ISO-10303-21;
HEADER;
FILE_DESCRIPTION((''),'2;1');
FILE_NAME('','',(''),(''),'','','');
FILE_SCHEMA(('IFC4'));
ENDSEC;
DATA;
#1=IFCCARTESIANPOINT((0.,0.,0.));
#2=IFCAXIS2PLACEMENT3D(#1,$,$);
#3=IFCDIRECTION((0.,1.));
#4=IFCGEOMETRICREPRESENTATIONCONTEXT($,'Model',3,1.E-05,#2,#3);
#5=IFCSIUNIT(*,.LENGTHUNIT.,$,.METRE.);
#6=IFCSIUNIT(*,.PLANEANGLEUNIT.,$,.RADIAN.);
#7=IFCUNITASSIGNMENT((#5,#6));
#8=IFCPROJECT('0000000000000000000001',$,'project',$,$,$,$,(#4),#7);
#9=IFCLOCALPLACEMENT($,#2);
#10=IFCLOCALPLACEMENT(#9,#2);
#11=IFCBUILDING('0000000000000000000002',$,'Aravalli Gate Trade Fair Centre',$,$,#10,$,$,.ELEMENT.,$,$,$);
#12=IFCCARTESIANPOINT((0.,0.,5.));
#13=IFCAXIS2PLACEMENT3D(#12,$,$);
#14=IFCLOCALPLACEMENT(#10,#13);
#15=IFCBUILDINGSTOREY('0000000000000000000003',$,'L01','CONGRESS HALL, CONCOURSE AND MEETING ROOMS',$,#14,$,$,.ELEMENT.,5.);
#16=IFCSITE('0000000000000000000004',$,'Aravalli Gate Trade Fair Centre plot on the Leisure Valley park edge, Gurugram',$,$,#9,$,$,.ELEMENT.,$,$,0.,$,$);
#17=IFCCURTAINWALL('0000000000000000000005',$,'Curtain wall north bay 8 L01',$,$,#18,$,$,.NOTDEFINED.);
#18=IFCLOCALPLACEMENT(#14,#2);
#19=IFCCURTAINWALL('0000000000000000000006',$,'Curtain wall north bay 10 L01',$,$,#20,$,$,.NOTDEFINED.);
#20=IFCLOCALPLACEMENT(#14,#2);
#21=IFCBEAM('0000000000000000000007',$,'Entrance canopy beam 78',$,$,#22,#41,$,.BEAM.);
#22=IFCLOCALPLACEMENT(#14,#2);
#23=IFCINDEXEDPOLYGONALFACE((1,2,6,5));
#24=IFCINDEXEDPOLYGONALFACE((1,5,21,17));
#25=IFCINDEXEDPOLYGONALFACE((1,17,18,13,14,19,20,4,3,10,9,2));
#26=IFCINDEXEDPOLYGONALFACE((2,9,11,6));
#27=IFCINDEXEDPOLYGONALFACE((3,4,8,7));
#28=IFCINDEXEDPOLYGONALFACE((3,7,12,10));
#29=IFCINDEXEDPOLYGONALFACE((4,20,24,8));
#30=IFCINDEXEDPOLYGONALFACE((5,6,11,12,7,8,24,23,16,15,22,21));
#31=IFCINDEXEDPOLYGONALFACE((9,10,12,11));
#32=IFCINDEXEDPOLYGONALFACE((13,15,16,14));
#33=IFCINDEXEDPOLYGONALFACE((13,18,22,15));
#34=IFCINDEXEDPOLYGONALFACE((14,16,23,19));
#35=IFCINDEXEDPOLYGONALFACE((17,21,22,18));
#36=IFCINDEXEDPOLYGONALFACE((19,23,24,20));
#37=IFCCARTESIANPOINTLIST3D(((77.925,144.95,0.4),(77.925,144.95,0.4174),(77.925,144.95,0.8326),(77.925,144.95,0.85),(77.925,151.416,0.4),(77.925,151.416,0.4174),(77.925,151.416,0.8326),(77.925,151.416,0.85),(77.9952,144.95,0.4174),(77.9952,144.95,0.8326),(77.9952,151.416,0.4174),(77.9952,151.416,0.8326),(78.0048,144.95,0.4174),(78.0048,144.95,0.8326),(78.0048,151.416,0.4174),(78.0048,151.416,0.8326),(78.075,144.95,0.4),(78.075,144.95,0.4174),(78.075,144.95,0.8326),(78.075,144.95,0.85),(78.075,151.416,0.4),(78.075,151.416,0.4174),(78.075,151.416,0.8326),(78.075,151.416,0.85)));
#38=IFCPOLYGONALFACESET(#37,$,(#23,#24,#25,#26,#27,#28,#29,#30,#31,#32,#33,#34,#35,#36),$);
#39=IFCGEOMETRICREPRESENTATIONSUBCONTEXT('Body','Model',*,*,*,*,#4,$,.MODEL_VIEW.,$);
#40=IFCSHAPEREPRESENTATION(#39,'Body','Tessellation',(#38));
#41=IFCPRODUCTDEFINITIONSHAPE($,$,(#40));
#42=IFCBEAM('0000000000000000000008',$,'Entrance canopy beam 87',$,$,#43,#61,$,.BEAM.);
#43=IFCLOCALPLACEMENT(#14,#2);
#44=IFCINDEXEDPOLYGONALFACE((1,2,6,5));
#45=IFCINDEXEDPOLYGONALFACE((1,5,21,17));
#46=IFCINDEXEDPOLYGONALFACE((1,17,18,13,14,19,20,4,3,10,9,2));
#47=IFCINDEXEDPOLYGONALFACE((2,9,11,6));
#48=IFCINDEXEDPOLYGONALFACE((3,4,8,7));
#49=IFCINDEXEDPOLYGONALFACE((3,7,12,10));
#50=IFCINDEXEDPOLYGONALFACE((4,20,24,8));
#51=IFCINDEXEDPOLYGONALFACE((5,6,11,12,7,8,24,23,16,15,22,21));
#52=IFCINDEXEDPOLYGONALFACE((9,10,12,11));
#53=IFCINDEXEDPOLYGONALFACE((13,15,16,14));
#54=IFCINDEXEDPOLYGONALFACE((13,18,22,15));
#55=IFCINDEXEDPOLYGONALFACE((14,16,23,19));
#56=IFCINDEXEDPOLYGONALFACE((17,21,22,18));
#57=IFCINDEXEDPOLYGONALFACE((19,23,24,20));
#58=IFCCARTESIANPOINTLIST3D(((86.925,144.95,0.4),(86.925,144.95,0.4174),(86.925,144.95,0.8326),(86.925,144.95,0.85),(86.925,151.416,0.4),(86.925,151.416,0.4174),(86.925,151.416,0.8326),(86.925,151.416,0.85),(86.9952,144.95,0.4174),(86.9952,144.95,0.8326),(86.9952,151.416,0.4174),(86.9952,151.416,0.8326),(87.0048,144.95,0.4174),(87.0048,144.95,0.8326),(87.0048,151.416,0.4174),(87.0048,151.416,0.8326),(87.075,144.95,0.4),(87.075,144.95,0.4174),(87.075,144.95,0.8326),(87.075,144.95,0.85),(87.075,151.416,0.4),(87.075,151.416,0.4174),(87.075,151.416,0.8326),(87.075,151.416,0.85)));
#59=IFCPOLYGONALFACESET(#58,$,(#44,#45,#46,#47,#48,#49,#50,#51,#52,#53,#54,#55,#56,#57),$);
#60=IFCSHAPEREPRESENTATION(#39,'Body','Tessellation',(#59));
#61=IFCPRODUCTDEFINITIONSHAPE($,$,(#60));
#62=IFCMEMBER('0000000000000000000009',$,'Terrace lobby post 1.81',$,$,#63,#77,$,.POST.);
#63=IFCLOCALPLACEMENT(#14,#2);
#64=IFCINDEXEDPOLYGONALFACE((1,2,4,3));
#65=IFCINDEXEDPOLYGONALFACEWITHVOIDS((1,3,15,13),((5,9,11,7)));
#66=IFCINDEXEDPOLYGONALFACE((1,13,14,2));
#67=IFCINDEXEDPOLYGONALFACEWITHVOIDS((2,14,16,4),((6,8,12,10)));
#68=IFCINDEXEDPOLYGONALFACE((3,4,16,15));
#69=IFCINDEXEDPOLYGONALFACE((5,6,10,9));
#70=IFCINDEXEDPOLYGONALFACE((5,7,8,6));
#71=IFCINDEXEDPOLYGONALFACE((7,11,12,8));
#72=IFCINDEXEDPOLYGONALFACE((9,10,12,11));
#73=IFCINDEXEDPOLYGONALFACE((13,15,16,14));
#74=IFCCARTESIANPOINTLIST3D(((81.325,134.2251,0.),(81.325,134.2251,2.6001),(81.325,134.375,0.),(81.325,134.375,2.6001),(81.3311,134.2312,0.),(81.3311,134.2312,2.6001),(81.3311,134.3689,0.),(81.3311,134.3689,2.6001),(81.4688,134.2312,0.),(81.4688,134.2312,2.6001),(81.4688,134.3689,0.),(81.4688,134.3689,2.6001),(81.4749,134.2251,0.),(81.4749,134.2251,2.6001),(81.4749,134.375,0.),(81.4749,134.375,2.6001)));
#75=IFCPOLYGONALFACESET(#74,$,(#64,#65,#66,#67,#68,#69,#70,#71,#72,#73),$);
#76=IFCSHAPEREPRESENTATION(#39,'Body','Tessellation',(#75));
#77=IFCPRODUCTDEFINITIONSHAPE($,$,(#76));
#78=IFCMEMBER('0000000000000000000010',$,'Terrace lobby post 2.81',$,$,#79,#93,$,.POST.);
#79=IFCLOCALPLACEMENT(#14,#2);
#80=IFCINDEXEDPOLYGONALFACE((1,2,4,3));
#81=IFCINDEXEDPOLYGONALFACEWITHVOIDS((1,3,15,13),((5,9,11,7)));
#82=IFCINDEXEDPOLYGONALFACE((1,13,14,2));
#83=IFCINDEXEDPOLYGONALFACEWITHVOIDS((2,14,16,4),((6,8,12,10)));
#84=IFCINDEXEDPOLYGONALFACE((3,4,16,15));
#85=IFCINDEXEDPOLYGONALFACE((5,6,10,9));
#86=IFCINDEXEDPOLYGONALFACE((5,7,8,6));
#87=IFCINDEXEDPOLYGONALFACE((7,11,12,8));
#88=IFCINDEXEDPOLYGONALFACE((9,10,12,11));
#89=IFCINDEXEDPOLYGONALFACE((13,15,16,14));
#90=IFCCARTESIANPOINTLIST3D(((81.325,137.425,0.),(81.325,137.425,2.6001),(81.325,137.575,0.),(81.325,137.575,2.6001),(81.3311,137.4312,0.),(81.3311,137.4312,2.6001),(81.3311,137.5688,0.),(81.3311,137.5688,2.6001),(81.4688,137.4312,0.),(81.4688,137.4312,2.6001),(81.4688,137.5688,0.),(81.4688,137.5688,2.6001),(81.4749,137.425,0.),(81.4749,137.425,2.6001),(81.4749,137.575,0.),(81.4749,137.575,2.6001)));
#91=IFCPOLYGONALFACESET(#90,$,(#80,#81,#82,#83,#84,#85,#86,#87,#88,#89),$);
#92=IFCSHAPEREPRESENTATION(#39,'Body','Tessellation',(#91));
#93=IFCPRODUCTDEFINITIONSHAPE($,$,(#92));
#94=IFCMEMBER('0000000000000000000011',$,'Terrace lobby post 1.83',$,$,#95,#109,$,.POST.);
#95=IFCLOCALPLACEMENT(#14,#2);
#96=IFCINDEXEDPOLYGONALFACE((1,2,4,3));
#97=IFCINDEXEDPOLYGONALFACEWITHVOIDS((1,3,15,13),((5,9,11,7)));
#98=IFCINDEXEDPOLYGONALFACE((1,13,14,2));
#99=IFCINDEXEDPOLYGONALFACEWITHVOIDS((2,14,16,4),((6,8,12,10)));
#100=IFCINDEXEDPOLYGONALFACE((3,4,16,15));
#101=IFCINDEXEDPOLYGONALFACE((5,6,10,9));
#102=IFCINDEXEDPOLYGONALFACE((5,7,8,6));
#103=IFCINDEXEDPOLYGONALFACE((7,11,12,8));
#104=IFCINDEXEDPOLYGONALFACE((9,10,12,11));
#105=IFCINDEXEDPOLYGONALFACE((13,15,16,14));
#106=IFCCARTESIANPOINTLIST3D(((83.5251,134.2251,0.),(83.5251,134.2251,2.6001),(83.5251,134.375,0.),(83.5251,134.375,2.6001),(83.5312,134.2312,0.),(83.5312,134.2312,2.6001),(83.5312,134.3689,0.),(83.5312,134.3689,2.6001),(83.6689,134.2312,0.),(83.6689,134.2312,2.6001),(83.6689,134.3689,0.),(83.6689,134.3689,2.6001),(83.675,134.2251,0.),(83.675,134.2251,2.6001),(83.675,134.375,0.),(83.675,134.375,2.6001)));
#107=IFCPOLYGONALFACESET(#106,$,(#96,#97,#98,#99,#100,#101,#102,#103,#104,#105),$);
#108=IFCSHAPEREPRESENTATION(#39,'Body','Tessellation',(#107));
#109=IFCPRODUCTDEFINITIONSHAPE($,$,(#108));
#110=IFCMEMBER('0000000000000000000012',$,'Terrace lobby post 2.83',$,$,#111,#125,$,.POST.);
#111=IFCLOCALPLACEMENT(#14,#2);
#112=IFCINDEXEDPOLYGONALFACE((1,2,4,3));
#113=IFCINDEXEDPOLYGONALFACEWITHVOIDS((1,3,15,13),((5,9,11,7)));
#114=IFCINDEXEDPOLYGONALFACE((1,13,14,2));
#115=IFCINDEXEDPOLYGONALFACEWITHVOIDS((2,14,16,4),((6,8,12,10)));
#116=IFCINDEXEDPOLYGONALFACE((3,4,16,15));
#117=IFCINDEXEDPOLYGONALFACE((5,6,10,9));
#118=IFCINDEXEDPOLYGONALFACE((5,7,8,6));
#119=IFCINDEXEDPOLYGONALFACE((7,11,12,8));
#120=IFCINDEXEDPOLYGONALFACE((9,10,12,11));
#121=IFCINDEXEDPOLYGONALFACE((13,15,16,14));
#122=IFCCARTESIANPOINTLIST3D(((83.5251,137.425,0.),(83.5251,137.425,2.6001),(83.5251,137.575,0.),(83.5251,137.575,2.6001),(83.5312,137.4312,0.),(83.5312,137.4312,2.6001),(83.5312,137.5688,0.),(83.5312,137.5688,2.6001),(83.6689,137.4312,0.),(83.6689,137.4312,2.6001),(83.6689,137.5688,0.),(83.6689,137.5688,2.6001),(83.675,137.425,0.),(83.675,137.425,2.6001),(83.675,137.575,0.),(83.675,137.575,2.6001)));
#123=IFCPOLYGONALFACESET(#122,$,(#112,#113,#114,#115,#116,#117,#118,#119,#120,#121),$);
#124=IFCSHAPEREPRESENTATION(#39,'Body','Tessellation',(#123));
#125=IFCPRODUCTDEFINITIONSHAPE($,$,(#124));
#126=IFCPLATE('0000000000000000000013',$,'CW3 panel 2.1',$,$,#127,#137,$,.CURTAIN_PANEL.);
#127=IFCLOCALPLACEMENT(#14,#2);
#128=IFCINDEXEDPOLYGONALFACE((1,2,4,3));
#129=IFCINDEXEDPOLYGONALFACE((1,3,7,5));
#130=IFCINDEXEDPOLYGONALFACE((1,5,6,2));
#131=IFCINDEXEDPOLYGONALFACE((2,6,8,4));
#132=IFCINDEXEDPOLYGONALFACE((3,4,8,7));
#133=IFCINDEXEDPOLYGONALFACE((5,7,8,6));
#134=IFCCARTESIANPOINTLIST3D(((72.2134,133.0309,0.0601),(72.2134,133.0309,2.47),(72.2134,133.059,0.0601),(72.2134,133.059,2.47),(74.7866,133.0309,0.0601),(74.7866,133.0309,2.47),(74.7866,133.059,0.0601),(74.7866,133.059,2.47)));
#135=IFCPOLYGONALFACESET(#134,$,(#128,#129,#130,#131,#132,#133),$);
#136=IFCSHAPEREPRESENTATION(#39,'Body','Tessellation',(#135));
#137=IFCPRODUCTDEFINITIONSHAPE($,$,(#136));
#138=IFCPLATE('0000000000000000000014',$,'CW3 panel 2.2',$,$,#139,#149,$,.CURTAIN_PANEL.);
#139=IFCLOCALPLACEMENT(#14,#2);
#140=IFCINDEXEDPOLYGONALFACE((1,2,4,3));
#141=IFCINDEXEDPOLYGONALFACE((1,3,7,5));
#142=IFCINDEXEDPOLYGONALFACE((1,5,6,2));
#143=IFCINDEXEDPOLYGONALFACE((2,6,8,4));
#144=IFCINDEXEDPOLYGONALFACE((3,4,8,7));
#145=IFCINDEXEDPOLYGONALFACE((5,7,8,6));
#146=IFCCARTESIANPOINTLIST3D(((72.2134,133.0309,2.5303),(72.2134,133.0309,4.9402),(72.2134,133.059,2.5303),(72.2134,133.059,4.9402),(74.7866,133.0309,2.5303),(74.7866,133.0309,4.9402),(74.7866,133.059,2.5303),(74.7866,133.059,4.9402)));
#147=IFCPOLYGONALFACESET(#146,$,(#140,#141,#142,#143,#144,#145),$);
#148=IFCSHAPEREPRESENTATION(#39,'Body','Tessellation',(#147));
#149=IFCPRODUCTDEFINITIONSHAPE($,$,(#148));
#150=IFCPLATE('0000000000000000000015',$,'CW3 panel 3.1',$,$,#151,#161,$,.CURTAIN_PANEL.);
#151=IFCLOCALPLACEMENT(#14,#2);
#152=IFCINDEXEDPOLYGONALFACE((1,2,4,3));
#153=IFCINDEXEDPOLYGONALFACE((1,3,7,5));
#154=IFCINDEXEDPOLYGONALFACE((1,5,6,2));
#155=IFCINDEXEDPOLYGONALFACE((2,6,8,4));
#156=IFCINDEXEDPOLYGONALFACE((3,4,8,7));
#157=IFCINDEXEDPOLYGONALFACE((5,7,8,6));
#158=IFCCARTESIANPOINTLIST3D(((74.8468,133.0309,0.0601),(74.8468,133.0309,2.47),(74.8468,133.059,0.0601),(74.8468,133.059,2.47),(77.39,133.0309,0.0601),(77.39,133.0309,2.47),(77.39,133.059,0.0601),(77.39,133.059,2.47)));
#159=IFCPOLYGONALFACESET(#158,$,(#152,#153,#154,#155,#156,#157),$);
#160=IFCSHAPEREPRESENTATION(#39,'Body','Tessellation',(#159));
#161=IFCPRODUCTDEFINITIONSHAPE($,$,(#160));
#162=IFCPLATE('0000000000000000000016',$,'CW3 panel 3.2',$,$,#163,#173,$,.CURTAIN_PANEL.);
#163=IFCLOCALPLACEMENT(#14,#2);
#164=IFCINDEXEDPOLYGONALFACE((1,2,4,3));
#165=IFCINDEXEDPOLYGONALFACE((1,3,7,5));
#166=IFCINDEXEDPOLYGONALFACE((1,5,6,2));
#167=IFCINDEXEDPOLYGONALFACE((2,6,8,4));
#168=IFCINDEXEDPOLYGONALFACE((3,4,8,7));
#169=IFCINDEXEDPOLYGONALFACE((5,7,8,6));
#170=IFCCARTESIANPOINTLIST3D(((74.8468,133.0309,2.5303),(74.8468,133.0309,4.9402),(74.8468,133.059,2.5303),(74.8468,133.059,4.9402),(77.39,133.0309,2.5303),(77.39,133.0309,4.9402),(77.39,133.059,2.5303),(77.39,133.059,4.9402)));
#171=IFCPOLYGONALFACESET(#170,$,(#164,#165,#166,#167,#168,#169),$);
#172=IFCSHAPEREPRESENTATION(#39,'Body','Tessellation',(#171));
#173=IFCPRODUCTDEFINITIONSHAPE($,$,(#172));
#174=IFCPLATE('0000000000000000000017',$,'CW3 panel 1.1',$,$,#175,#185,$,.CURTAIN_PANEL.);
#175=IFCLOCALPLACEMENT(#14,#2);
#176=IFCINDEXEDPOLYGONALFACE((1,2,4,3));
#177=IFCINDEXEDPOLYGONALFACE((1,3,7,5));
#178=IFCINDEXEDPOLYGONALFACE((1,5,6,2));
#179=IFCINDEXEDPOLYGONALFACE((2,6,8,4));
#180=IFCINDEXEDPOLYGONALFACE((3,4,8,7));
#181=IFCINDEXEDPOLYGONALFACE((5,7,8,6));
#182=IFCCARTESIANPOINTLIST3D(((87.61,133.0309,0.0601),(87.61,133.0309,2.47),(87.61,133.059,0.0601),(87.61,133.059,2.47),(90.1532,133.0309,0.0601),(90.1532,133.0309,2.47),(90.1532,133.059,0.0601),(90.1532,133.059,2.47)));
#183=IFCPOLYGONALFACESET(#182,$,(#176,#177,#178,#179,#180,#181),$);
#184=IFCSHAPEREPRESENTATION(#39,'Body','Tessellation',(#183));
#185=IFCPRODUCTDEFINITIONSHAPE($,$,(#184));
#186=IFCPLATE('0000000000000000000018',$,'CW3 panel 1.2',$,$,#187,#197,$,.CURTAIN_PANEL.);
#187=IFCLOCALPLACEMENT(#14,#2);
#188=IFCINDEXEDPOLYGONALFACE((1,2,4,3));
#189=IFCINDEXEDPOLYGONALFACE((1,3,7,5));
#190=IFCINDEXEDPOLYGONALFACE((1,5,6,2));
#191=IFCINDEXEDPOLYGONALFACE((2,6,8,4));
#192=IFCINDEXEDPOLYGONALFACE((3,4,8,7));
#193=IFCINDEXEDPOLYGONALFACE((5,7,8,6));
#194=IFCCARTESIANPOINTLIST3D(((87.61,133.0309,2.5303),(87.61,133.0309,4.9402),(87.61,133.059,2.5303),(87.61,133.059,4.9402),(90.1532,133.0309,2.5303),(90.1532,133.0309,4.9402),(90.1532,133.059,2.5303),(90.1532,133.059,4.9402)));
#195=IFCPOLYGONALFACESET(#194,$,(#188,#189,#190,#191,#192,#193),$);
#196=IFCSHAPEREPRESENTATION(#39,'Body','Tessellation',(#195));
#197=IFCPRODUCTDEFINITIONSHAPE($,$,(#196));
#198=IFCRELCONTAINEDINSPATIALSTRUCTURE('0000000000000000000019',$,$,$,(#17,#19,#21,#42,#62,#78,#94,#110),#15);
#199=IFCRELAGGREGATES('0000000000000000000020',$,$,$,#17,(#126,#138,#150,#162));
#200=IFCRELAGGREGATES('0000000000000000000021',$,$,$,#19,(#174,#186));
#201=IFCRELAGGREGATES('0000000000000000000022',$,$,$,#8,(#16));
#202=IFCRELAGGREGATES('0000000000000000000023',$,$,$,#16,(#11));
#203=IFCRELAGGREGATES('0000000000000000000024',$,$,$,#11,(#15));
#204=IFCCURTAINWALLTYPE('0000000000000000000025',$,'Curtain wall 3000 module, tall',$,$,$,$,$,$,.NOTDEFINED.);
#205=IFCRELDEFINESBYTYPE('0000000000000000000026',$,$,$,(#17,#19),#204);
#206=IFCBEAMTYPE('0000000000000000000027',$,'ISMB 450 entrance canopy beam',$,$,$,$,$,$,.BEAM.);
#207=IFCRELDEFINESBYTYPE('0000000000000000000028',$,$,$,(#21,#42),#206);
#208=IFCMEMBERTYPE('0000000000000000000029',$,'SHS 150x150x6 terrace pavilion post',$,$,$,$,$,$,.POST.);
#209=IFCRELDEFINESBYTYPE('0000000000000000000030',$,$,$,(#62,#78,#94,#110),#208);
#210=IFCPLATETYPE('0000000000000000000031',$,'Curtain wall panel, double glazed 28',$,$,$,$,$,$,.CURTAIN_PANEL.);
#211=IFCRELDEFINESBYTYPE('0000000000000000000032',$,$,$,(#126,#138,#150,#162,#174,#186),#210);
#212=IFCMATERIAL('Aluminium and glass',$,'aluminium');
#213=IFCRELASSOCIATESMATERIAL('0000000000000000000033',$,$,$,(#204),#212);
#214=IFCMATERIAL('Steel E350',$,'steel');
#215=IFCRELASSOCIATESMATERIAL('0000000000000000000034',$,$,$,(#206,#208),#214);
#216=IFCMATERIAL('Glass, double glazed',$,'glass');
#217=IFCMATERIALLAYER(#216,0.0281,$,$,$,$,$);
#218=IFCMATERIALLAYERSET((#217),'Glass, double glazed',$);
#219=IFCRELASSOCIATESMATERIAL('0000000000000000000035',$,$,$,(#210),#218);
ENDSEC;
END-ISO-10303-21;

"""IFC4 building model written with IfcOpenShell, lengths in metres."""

from ifc_helpers import new_model, si_unit, direction, frame, origin, origin_2d, place, context, subcontext, project, spatial, rectangle, hollow_rectangle, i_section, extrude, material, layer, layer_set, material_profile, profile_set, type_object, element, aggregate, save


model = new_model("IFC4")

# Units and contexts
model_context = context("Model", 3, precision=1e-05, world=origin(), true_north=direction((0.0, 1.0)))
body_context = subcontext(model_context, "Body", "Model", "MODEL_VIEW")
ifc_project = project(units=[si_unit("LENGTHUNIT", "METRE"), si_unit("PLANEANGLEUNIT", "RADIAN")], contexts=[model_context])

# Site, building, storey
site_placement = place(None, origin())
site = spatial("IfcSite", under=ifc_project, at=site_placement, Name="Aravalli Gate Trade Fair Centre plot on the Leisure Valley park edge, Gurugram", CompositionType="ELEMENT", RefElevation=0.0)
building_placement = place(site_placement, origin())
building = spatial("IfcBuilding", under=site, at=building_placement, Name="Aravalli Gate Trade Fair Centre", CompositionType="ELEMENT")
storey_placement = place(building_placement, frame((0.0, 0.0, 5.0)))
storey = spatial("IfcBuildingStorey", under=building, at=storey_placement, Name="L01", Description="CONGRESS HALL, CONCOURSE AND MEETING ROOMS", CompositionType="ELEMENT", Elevation=5.0)

# Curtain walls
ifc_material_1 = material(Name="Aluminium and glass", Category="aluminium")
curtain_wall_type = type_object("IfcCurtainWallType", Name="Curtain wall 3000 module, tall", PredefinedType="NOTDEFINED", material=ifc_material_1)
curtain_wall_1_placement = place(storey_placement, origin())
curtain_wall_1 = element("IfcCurtainWall", 1, at=curtain_wall_1_placement, inside=storey, type_object=curtain_wall_type, Name="Curtain wall north bay 8 L01", PredefinedType="NOTDEFINED")
curtain_wall_2_placement = place(storey_placement, origin())
curtain_wall_2 = element("IfcCurtainWall", 2, at=curtain_wall_2_placement, inside=storey, type_object=curtain_wall_type, Name="Curtain wall north bay 10 L01", PredefinedType="NOTDEFINED")

# Beams
ifc_material_2 = material(Name="Steel E350", Category="steel")
ifc_material_profile_1 = material_profile(ifc_material_2, i_section(OverallWidth=0.1499, OverallDepth=0.45, WebThickness=0.0095, FlangeThickness=0.0173, at=origin_2d()), Name="ISMB 450")
ifc_profile_set_1 = profile_set([ifc_material_profile_1], Name="Steel E350")
beam_type = type_object("IfcBeamType", Name="ISMB 450 entrance canopy beam", PredefinedType="BEAM", material=ifc_profile_set_1)
for number, where, z_axis, x_axis, name in (
    (3, (78.0, 144.95, 0.625), (0.0, 1.0, 0.0), (-1.0, 0.0, 0.0), "Entrance canopy beam 78"),
    (4, (87.0, 144.95, 0.625), (0.0, 1.0, 0.0), (-1.0, 0.0, 0.0), "Entrance canopy beam 87"),
):
    element("IfcBeam", number, at=place(storey_placement, frame(where, z_axis=z_axis, x_axis=x_axis)), inside=storey, type_object=beam_type, Name=name, PredefinedType="BEAM", context=body_context, shape_type="SweptSolid", body=[
        extrude(i_section(OverallWidth=0.1499, OverallDepth=0.45, WebThickness=0.0095, FlangeThickness=0.0173, at=origin_2d()), origin(), (0.0, 0.0, 1.0), 6.4661),
    ])

# Members
ifc_material_profile_2 = material_profile(ifc_material_2, hollow_rectangle(XDim=0.1499, YDim=0.1499, WallThickness=0.0061, at=origin_2d()), Name="SHS 150x150x6")
ifc_profile_set_2 = profile_set([ifc_material_profile_2], Name="Steel E350")
member_type_1 = type_object("IfcMemberType", Name="SHS 150x150x6 terrace pavilion post", PredefinedType="POST", material=ifc_profile_set_2)
for number, where, z_axis, x_axis, name in (
    (5, (81.3999, 134.3, 0.0), (0.0, 0.0, 1.0), (1.0, 0.0, 0.0), "Terrace lobby post 1.81"),
    (6, (81.3999, 137.5, 0.0), (0.0, 0.0, 1.0), (1.0, 0.0, 0.0), "Terrace lobby post 2.81"),
    (7, (83.6001, 134.3, 0.0), (0.0, 0.0, 1.0), (1.0, 0.0, 0.0), "Terrace lobby post 1.83"),
    (8, (83.6001, 137.5, 0.0), (0.0, 0.0, 1.0), (1.0, 0.0, 0.0), "Terrace lobby post 2.83"),
):
    element("IfcMember", number, at=place(storey_placement, frame(where, z_axis=z_axis, x_axis=x_axis)), inside=storey, type_object=member_type_1, Name=name, PredefinedType="POST", context=body_context, shape_type="SweptSolid", body=[
        extrude(hollow_rectangle(XDim=0.1499, YDim=0.1499, WallThickness=0.0061, at=origin_2d()), origin(), (0.0, 0.0, 1.0), 2.6001),
    ])

# Plates
ifc_material_3 = material(Name="Glass, double glazed", Category="glass")
ifc_layer_1 = layer(ifc_material_3, 0.0281)
ifc_layer_set_1 = layer_set([ifc_layer_1], Name="Glass, double glazed")
plate_type = type_object("IfcPlateType", Name="Curtain wall panel, double glazed 28", PredefinedType="CURTAIN_PANEL", material=ifc_layer_set_1)
plate_1_placement = place(storey_placement, frame((73.5, 133.0449, 0.0601), z_axis=(0.0, 0.0, 1.0), x_axis=(1.0, 0.0, 0.0)))
plate_1 = element("IfcPlate", 9, at=plate_1_placement, type_object=plate_type, Name="CW3 panel 2.1", PredefinedType="CURTAIN_PANEL", context=body_context, shape_type="SweptSolid", body=[
    extrude(rectangle(XDim=2.5732, YDim=0.0281, at=origin_2d()), origin(), (0.0, 0.0, 1.0), 2.4099),
])
plate_2_placement = place(storey_placement, frame((73.5, 133.0449, 2.5303), z_axis=(0.0, 0.0, 1.0), x_axis=(1.0, 0.0, 0.0)))
plate_2 = element("IfcPlate", 10, at=plate_2_placement, type_object=plate_type, Name="CW3 panel 2.2", PredefinedType="CURTAIN_PANEL", context=body_context, shape_type="SweptSolid", body=[
    extrude(rectangle(XDim=2.5732, YDim=0.0281, at=origin_2d()), origin(), (0.0, 0.0, 1.0), 2.4099),
])
plate_3_placement = place(storey_placement, frame((76.1184, 133.0449, 0.0601), z_axis=(0.0, 0.0, 1.0), x_axis=(1.0, 0.0, 0.0)))
plate_3 = element("IfcPlate", 11, at=plate_3_placement, type_object=plate_type, Name="CW3 panel 3.1", PredefinedType="CURTAIN_PANEL", context=body_context, shape_type="SweptSolid", body=[
    extrude(rectangle(XDim=2.5432, YDim=0.0281, at=origin_2d()), origin(), (0.0, 0.0, 1.0), 2.4099),
])
plate_4_placement = place(storey_placement, frame((76.1184, 133.0449, 2.5303), z_axis=(0.0, 0.0, 1.0), x_axis=(1.0, 0.0, 0.0)))
plate_4 = element("IfcPlate", 12, at=plate_4_placement, type_object=plate_type, Name="CW3 panel 3.2", PredefinedType="CURTAIN_PANEL", context=body_context, shape_type="SweptSolid", body=[
    extrude(rectangle(XDim=2.5432, YDim=0.0281, at=origin_2d()), origin(), (0.0, 0.0, 1.0), 2.4099),
])
aggregate(curtain_wall_1, [plate_1, plate_2, plate_3, plate_4])
plate_5_placement = place(storey_placement, frame((88.8816, 133.0449, 0.0601), z_axis=(0.0, 0.0, 1.0), x_axis=(1.0, 0.0, 0.0)))
plate_5 = element("IfcPlate", 13, at=plate_5_placement, type_object=plate_type, Name="CW3 panel 1.1", PredefinedType="CURTAIN_PANEL", context=body_context, shape_type="SweptSolid", body=[
    extrude(rectangle(XDim=2.5432, YDim=0.0281, at=origin_2d()), origin(), (0.0, 0.0, 1.0), 2.4099),
])
plate_6_placement = place(storey_placement, frame((88.8816, 133.0449, 2.5303), z_axis=(0.0, 0.0, 1.0), x_axis=(1.0, 0.0, 0.0)))
plate_6 = element("IfcPlate", 14, at=plate_6_placement, type_object=plate_type, Name="CW3 panel 1.2", PredefinedType="CURTAIN_PANEL", context=body_context, shape_type="SweptSolid", body=[
    extrude(rectangle(XDim=2.5432, YDim=0.0281, at=origin_2d()), origin(), (0.0, 0.0, 1.0), 2.4099),
])
aggregate(curtain_wall_2, [plate_5, plate_6])

save(model, "model.ifc")
